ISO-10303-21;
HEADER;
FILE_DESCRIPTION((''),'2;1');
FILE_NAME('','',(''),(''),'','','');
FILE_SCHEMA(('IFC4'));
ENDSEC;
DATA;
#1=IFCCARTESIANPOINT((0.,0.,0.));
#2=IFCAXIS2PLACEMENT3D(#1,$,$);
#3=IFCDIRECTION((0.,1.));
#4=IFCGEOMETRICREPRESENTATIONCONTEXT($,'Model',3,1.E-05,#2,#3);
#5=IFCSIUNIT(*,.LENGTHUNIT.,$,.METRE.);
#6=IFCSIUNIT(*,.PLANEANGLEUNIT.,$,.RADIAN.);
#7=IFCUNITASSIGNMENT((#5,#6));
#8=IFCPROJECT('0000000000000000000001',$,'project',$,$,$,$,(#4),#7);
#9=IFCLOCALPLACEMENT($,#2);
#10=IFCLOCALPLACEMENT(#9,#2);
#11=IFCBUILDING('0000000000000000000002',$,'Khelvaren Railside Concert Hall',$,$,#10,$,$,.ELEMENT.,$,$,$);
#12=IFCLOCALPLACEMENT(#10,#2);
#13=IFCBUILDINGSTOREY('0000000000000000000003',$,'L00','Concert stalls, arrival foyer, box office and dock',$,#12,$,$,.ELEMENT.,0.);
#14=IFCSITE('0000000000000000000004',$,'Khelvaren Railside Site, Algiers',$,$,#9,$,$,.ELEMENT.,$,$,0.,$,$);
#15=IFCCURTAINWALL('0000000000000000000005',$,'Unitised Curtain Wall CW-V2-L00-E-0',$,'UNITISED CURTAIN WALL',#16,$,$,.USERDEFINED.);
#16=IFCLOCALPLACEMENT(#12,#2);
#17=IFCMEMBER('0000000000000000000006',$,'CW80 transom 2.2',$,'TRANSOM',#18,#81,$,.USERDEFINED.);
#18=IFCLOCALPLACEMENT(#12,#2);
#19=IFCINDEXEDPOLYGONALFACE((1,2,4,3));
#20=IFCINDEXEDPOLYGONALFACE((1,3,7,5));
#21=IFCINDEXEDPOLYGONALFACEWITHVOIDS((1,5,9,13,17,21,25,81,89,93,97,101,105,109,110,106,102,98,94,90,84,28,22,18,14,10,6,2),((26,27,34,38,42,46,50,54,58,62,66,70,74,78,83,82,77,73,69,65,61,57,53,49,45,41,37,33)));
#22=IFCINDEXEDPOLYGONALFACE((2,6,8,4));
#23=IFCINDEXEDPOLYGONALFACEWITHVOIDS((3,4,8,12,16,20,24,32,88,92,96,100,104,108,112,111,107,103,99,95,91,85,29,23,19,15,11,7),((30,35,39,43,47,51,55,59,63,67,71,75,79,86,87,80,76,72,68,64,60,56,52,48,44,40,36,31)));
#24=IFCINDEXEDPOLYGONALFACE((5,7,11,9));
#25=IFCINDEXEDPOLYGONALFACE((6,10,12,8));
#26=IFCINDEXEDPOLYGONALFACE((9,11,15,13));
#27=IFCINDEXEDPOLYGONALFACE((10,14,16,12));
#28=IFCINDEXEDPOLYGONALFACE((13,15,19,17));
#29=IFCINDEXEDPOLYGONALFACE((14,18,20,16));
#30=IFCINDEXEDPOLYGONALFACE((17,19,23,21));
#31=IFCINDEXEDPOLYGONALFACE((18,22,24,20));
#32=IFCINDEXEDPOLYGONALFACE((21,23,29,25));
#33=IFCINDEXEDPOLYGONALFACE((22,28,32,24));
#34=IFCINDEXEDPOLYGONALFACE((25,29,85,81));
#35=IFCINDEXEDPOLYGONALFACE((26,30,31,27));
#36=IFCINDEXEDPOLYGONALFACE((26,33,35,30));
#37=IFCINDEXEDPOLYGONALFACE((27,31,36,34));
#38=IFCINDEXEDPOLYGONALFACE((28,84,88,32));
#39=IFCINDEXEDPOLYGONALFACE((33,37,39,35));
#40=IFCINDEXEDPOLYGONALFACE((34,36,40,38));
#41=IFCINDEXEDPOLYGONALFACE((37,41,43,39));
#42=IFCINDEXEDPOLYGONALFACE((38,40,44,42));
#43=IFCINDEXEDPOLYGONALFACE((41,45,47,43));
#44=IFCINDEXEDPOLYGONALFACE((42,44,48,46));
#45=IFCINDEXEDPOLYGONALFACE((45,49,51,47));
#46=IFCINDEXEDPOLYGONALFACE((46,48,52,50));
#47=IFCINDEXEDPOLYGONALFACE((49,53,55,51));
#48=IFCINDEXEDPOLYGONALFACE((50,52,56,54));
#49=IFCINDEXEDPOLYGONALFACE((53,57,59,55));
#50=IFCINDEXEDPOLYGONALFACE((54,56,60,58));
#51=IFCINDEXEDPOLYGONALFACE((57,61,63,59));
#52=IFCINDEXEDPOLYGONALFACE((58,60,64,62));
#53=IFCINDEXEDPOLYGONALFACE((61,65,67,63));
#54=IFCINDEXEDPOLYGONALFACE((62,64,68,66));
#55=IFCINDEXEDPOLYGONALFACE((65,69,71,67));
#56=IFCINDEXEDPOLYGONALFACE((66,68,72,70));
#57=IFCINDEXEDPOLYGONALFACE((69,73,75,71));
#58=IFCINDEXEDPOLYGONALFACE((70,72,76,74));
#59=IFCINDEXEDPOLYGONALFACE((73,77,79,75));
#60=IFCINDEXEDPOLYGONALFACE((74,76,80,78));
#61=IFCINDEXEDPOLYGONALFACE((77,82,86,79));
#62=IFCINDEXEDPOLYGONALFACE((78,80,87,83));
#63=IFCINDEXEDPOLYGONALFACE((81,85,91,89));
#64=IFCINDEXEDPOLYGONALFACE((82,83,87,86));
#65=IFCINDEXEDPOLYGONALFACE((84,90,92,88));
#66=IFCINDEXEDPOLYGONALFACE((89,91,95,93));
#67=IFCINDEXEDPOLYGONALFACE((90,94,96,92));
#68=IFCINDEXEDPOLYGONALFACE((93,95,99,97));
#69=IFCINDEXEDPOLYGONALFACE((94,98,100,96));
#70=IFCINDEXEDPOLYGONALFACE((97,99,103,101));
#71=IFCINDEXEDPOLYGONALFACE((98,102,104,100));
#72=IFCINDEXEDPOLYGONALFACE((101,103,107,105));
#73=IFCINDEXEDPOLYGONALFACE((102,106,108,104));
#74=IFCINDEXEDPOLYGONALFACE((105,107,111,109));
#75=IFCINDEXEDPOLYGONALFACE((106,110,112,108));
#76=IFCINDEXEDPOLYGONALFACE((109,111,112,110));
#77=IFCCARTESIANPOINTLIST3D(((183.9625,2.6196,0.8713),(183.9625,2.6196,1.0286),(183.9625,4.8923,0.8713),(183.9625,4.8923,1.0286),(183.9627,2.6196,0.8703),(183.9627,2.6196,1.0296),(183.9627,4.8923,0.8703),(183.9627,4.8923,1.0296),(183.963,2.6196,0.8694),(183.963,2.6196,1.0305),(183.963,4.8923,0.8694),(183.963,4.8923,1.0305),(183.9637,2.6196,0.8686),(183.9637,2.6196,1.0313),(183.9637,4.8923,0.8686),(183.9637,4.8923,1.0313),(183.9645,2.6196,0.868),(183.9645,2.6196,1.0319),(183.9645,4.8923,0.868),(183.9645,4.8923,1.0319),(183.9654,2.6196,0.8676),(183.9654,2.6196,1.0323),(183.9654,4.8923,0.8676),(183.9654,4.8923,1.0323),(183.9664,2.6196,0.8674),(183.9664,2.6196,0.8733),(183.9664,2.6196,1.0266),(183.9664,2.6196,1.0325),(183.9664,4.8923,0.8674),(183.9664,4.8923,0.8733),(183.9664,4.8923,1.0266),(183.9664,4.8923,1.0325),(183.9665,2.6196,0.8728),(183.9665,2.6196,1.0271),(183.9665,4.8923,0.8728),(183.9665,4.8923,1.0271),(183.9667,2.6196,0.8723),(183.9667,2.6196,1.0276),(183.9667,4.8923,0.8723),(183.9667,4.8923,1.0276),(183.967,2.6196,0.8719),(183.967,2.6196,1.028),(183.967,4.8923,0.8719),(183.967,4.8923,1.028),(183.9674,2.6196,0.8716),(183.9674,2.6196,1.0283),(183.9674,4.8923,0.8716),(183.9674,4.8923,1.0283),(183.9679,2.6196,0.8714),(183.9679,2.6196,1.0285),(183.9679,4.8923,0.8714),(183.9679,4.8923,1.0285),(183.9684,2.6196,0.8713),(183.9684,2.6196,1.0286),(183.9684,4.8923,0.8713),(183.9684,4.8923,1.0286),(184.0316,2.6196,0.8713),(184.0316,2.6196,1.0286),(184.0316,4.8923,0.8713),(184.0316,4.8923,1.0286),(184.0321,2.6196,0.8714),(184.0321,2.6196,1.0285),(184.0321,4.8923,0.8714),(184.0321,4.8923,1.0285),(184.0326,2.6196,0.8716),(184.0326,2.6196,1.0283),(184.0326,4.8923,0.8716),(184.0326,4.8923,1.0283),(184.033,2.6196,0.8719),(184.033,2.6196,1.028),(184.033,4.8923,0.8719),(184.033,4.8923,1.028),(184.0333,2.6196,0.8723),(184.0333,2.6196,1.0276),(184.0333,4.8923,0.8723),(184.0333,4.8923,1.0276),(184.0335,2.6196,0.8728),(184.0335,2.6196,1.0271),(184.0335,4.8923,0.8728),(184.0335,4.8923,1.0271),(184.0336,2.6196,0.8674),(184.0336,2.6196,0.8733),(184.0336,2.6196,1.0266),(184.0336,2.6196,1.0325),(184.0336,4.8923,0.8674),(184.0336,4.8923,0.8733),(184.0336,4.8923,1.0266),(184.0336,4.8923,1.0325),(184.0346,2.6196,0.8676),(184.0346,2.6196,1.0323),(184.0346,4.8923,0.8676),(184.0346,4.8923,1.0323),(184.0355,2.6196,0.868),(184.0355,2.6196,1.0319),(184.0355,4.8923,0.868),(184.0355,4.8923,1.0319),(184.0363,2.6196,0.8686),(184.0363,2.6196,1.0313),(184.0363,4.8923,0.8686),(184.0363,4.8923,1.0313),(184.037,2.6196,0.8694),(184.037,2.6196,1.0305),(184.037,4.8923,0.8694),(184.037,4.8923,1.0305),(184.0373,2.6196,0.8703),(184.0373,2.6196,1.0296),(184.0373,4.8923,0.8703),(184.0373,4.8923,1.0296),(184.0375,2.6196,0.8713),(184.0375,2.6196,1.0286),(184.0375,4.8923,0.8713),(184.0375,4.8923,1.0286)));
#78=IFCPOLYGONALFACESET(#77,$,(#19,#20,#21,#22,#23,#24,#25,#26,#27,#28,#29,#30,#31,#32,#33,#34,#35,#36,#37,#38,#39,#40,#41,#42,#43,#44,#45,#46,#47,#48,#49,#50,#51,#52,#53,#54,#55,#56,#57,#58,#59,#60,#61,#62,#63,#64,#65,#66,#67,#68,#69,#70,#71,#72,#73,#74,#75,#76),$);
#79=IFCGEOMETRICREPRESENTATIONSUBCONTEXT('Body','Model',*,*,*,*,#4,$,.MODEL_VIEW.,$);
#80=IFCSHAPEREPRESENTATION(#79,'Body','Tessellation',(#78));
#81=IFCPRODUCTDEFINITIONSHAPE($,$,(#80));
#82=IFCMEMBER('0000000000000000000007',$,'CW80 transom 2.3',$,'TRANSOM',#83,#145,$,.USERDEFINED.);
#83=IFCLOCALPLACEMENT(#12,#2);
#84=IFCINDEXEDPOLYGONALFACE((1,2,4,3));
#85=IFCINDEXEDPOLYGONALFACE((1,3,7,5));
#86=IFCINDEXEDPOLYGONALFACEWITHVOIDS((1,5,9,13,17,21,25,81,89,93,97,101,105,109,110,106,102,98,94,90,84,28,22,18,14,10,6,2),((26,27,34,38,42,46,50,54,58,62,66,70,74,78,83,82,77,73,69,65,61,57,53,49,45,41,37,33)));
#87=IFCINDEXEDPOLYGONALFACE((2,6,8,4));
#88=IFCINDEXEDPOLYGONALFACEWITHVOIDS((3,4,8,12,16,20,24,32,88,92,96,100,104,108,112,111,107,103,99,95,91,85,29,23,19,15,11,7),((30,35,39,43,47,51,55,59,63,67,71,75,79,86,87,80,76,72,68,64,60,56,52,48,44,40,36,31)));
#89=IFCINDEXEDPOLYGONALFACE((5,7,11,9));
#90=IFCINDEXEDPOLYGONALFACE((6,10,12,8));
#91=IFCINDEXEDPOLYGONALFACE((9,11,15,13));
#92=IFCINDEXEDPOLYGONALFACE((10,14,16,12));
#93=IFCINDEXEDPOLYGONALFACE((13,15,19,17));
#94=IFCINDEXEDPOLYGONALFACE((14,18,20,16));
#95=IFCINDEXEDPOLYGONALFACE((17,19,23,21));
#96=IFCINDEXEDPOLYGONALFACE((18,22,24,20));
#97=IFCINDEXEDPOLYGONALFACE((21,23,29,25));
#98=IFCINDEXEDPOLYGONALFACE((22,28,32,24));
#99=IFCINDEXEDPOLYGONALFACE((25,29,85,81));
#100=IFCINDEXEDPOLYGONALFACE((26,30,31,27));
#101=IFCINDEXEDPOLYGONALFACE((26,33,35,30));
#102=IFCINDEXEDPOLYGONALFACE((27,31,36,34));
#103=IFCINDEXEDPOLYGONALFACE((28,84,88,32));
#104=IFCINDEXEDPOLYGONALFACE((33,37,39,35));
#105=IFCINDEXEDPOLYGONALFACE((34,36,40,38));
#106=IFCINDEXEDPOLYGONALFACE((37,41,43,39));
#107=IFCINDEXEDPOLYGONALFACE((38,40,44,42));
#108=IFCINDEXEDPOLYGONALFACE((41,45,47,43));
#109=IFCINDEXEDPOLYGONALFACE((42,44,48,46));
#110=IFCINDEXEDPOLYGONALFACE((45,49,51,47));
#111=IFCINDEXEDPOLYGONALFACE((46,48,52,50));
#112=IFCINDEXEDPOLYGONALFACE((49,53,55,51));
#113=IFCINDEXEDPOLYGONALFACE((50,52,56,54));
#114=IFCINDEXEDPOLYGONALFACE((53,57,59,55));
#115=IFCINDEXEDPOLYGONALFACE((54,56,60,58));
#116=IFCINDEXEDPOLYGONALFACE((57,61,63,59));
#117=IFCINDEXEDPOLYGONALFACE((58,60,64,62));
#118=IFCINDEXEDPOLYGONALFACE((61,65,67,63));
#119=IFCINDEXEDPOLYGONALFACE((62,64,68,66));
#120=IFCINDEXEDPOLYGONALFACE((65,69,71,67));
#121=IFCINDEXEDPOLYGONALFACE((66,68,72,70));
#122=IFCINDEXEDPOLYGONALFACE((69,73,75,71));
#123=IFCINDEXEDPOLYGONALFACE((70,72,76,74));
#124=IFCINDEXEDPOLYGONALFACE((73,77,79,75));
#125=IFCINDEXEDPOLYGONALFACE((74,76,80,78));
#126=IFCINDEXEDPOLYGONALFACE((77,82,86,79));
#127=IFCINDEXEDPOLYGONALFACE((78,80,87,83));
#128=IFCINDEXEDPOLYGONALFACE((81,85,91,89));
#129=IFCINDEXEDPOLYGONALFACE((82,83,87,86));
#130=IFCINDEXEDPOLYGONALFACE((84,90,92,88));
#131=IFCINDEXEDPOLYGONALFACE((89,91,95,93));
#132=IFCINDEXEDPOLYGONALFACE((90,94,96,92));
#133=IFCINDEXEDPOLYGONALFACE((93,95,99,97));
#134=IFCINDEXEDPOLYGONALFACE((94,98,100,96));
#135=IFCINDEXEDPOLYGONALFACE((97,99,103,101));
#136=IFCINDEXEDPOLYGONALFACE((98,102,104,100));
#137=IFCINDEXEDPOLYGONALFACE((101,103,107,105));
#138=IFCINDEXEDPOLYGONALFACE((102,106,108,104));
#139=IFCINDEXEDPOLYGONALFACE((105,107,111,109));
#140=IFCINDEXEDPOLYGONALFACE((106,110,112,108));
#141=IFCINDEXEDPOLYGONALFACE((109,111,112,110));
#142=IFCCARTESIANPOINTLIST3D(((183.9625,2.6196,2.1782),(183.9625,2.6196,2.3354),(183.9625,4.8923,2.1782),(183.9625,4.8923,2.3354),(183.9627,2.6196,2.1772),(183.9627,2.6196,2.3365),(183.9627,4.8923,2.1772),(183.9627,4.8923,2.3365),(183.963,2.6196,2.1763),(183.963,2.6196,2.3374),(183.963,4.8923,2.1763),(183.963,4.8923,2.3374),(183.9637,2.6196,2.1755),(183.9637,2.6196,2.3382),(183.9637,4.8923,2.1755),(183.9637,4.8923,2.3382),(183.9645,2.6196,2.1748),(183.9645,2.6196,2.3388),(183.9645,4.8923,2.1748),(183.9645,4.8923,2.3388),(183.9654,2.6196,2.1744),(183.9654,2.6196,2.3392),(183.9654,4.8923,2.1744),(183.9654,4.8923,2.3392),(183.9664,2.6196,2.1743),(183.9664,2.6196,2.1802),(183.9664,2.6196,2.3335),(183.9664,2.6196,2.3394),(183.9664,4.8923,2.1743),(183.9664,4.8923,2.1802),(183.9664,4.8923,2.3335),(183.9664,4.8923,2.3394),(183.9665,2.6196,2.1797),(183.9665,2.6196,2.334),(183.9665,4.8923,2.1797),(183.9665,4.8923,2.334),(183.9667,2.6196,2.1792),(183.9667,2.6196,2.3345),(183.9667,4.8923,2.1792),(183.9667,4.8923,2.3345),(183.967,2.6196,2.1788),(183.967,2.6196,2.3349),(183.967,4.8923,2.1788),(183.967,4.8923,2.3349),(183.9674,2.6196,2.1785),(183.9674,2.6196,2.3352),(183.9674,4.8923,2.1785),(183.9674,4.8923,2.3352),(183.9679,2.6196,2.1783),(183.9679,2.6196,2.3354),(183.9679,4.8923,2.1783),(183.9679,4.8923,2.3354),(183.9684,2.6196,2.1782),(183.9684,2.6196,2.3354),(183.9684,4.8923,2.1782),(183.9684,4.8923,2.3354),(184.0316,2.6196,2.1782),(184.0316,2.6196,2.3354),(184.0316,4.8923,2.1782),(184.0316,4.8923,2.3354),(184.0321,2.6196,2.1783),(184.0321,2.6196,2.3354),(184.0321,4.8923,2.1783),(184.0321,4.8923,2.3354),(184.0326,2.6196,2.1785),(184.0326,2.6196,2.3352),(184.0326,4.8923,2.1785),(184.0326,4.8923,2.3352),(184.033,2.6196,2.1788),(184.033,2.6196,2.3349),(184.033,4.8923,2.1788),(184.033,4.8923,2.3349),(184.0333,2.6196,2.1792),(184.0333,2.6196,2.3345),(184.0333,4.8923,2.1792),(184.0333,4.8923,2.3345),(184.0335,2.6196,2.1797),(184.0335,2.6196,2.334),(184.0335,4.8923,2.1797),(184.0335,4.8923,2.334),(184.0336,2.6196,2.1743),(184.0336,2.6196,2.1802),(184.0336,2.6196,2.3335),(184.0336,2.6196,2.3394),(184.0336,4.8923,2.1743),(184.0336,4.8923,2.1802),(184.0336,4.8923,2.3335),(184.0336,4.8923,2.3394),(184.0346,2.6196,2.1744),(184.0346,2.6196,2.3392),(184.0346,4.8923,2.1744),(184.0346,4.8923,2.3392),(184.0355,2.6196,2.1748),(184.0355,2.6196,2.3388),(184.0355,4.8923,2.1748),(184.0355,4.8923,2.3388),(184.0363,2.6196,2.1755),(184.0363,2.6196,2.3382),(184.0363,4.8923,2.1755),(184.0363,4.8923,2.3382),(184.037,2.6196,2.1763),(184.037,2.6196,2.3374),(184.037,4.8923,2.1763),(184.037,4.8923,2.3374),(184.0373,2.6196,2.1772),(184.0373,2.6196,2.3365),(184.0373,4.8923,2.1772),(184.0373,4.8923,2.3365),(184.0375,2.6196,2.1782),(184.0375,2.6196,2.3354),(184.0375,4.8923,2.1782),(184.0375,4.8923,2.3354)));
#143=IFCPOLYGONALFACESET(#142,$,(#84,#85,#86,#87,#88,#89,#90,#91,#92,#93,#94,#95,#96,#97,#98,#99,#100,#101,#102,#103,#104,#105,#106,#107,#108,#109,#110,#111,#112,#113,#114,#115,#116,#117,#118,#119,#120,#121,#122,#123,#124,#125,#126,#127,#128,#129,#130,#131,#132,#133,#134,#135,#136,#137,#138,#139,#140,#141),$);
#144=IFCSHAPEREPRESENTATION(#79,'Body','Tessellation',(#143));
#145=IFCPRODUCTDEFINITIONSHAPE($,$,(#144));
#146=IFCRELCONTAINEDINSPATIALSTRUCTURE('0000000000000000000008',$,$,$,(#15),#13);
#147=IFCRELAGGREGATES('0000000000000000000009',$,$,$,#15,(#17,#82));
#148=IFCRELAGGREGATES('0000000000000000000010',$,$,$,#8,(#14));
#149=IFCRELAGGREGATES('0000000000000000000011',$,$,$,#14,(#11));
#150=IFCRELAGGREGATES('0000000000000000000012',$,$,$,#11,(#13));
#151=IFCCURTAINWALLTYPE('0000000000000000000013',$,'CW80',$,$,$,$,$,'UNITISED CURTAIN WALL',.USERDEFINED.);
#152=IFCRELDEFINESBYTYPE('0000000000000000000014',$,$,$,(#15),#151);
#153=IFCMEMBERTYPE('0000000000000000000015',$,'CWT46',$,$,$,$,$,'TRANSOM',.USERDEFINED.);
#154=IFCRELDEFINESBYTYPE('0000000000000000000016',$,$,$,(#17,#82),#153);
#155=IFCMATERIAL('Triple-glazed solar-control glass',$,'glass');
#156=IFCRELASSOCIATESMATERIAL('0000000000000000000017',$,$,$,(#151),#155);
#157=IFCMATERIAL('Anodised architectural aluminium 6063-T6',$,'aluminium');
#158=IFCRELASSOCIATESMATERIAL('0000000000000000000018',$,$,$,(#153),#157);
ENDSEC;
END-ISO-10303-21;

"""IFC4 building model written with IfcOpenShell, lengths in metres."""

from ifc_helpers import new_model, si_unit, direction, frame, origin, origin_2d, place, context, subcontext, project, spatial, hollow_rectangle, extrude, material, material_profile, profile_set, type_object, element, aggregate, save


model = new_model("IFC4")

# Units and contexts
model_context = context("Model", 3, precision=1e-05, world=origin(), true_north=direction((0.0, 1.0)))
body_context = subcontext(model_context, "Body", "Model", "MODEL_VIEW")
ifc_project = project(units=[si_unit("LENGTHUNIT", "METRE"), si_unit("PLANEANGLEUNIT", "RADIAN")], contexts=[model_context])

# Site, building, storey
site_placement = place(None, origin())
site = spatial("IfcSite", under=ifc_project, at=site_placement, Name="Khelvaren Railside Site, Algiers", CompositionType="ELEMENT", RefElevation=0.0)
building_placement = place(site_placement, origin())
building = spatial("IfcBuilding", under=site, at=building_placement, Name="Khelvaren Railside Concert Hall", CompositionType="ELEMENT")
storey_placement = place(building_placement, origin())
storey = spatial("IfcBuildingStorey", under=building, at=storey_placement, Name="L00", Description="Concert stalls, arrival foyer, box office and dock", CompositionType="ELEMENT", Elevation=0.0)

# Curtain wall
ifc_material_1 = material(Name="Triple-glazed solar-control glass", Category="glass")
curtain_wall_type_1 = type_object("IfcCurtainWallType", Name="CW80", ElementType="UNITISED CURTAIN WALL", PredefinedType="USERDEFINED", material=ifc_material_1)
curtain_wall_1_placement = place(storey_placement, origin())
curtain_wall_1 = element("IfcCurtainWall", 1, at=curtain_wall_1_placement, inside=storey, type_object=curtain_wall_type_1, Name="Unitised Curtain Wall CW-V2-L00-E-0", ObjectType="UNITISED CURTAIN WALL", PredefinedType="USERDEFINED")
ifc_material_2 = material(Name="Anodised architectural aluminium 6063-T6", Category="aluminium")

# Members
ifc_material_profile_1 = material_profile(ifc_material_2, hollow_rectangle(XDim=0.075, YDim=0.165, WallThickness=0.0039, InnerFilletRadius=0.002, OuterFilletRadius=0.0039, at=origin_2d()), Name="CWT 75x165x4")
ifc_profile_set_1 = profile_set([ifc_material_profile_1], Name="Anodised architectural aluminium 6063-T6")
member_type_1 = type_object("IfcMemberType", Name="CWT46", ElementType="TRANSOM", PredefinedType="USERDEFINED", material=ifc_profile_set_1)
member_1_placement = place(storey_placement, frame((184.0, 4.8923, 0.95), z_axis=(0.0, -1.0, 0.0), x_axis=(1.0, 0.0, 0.0)))
member_1 = element("IfcMember", 2, at=member_1_placement, type_object=member_type_1, Name="CW80 transom 2.2", ObjectType="TRANSOM", PredefinedType="USERDEFINED", context=body_context, shape_type="SweptSolid", body=[
    extrude(hollow_rectangle(XDim=0.075, YDim=0.165, WallThickness=0.0039, InnerFilletRadius=0.002, OuterFilletRadius=0.0039, at=origin_2d()), origin(), (0.0, 0.0, 1.0), 2.2727),
])
member_2_placement = place(storey_placement, frame((184.0, 4.8923, 2.2568), z_axis=(0.0, -1.0, 0.0), x_axis=(1.0, 0.0, 0.0)))
member_2 = element("IfcMember", 3, at=member_2_placement, type_object=member_type_1, Name="CW80 transom 2.3", ObjectType="TRANSOM", PredefinedType="USERDEFINED", context=body_context, shape_type="SweptSolid", body=[
    extrude(hollow_rectangle(XDim=0.075, YDim=0.165, WallThickness=0.0039, InnerFilletRadius=0.002, OuterFilletRadius=0.0039, at=origin_2d()), origin(), (0.0, 0.0, 1.0), 2.2727),
])

aggregate(curtain_wall_1, [member_1, member_2])

save(model, "model.ifc")
